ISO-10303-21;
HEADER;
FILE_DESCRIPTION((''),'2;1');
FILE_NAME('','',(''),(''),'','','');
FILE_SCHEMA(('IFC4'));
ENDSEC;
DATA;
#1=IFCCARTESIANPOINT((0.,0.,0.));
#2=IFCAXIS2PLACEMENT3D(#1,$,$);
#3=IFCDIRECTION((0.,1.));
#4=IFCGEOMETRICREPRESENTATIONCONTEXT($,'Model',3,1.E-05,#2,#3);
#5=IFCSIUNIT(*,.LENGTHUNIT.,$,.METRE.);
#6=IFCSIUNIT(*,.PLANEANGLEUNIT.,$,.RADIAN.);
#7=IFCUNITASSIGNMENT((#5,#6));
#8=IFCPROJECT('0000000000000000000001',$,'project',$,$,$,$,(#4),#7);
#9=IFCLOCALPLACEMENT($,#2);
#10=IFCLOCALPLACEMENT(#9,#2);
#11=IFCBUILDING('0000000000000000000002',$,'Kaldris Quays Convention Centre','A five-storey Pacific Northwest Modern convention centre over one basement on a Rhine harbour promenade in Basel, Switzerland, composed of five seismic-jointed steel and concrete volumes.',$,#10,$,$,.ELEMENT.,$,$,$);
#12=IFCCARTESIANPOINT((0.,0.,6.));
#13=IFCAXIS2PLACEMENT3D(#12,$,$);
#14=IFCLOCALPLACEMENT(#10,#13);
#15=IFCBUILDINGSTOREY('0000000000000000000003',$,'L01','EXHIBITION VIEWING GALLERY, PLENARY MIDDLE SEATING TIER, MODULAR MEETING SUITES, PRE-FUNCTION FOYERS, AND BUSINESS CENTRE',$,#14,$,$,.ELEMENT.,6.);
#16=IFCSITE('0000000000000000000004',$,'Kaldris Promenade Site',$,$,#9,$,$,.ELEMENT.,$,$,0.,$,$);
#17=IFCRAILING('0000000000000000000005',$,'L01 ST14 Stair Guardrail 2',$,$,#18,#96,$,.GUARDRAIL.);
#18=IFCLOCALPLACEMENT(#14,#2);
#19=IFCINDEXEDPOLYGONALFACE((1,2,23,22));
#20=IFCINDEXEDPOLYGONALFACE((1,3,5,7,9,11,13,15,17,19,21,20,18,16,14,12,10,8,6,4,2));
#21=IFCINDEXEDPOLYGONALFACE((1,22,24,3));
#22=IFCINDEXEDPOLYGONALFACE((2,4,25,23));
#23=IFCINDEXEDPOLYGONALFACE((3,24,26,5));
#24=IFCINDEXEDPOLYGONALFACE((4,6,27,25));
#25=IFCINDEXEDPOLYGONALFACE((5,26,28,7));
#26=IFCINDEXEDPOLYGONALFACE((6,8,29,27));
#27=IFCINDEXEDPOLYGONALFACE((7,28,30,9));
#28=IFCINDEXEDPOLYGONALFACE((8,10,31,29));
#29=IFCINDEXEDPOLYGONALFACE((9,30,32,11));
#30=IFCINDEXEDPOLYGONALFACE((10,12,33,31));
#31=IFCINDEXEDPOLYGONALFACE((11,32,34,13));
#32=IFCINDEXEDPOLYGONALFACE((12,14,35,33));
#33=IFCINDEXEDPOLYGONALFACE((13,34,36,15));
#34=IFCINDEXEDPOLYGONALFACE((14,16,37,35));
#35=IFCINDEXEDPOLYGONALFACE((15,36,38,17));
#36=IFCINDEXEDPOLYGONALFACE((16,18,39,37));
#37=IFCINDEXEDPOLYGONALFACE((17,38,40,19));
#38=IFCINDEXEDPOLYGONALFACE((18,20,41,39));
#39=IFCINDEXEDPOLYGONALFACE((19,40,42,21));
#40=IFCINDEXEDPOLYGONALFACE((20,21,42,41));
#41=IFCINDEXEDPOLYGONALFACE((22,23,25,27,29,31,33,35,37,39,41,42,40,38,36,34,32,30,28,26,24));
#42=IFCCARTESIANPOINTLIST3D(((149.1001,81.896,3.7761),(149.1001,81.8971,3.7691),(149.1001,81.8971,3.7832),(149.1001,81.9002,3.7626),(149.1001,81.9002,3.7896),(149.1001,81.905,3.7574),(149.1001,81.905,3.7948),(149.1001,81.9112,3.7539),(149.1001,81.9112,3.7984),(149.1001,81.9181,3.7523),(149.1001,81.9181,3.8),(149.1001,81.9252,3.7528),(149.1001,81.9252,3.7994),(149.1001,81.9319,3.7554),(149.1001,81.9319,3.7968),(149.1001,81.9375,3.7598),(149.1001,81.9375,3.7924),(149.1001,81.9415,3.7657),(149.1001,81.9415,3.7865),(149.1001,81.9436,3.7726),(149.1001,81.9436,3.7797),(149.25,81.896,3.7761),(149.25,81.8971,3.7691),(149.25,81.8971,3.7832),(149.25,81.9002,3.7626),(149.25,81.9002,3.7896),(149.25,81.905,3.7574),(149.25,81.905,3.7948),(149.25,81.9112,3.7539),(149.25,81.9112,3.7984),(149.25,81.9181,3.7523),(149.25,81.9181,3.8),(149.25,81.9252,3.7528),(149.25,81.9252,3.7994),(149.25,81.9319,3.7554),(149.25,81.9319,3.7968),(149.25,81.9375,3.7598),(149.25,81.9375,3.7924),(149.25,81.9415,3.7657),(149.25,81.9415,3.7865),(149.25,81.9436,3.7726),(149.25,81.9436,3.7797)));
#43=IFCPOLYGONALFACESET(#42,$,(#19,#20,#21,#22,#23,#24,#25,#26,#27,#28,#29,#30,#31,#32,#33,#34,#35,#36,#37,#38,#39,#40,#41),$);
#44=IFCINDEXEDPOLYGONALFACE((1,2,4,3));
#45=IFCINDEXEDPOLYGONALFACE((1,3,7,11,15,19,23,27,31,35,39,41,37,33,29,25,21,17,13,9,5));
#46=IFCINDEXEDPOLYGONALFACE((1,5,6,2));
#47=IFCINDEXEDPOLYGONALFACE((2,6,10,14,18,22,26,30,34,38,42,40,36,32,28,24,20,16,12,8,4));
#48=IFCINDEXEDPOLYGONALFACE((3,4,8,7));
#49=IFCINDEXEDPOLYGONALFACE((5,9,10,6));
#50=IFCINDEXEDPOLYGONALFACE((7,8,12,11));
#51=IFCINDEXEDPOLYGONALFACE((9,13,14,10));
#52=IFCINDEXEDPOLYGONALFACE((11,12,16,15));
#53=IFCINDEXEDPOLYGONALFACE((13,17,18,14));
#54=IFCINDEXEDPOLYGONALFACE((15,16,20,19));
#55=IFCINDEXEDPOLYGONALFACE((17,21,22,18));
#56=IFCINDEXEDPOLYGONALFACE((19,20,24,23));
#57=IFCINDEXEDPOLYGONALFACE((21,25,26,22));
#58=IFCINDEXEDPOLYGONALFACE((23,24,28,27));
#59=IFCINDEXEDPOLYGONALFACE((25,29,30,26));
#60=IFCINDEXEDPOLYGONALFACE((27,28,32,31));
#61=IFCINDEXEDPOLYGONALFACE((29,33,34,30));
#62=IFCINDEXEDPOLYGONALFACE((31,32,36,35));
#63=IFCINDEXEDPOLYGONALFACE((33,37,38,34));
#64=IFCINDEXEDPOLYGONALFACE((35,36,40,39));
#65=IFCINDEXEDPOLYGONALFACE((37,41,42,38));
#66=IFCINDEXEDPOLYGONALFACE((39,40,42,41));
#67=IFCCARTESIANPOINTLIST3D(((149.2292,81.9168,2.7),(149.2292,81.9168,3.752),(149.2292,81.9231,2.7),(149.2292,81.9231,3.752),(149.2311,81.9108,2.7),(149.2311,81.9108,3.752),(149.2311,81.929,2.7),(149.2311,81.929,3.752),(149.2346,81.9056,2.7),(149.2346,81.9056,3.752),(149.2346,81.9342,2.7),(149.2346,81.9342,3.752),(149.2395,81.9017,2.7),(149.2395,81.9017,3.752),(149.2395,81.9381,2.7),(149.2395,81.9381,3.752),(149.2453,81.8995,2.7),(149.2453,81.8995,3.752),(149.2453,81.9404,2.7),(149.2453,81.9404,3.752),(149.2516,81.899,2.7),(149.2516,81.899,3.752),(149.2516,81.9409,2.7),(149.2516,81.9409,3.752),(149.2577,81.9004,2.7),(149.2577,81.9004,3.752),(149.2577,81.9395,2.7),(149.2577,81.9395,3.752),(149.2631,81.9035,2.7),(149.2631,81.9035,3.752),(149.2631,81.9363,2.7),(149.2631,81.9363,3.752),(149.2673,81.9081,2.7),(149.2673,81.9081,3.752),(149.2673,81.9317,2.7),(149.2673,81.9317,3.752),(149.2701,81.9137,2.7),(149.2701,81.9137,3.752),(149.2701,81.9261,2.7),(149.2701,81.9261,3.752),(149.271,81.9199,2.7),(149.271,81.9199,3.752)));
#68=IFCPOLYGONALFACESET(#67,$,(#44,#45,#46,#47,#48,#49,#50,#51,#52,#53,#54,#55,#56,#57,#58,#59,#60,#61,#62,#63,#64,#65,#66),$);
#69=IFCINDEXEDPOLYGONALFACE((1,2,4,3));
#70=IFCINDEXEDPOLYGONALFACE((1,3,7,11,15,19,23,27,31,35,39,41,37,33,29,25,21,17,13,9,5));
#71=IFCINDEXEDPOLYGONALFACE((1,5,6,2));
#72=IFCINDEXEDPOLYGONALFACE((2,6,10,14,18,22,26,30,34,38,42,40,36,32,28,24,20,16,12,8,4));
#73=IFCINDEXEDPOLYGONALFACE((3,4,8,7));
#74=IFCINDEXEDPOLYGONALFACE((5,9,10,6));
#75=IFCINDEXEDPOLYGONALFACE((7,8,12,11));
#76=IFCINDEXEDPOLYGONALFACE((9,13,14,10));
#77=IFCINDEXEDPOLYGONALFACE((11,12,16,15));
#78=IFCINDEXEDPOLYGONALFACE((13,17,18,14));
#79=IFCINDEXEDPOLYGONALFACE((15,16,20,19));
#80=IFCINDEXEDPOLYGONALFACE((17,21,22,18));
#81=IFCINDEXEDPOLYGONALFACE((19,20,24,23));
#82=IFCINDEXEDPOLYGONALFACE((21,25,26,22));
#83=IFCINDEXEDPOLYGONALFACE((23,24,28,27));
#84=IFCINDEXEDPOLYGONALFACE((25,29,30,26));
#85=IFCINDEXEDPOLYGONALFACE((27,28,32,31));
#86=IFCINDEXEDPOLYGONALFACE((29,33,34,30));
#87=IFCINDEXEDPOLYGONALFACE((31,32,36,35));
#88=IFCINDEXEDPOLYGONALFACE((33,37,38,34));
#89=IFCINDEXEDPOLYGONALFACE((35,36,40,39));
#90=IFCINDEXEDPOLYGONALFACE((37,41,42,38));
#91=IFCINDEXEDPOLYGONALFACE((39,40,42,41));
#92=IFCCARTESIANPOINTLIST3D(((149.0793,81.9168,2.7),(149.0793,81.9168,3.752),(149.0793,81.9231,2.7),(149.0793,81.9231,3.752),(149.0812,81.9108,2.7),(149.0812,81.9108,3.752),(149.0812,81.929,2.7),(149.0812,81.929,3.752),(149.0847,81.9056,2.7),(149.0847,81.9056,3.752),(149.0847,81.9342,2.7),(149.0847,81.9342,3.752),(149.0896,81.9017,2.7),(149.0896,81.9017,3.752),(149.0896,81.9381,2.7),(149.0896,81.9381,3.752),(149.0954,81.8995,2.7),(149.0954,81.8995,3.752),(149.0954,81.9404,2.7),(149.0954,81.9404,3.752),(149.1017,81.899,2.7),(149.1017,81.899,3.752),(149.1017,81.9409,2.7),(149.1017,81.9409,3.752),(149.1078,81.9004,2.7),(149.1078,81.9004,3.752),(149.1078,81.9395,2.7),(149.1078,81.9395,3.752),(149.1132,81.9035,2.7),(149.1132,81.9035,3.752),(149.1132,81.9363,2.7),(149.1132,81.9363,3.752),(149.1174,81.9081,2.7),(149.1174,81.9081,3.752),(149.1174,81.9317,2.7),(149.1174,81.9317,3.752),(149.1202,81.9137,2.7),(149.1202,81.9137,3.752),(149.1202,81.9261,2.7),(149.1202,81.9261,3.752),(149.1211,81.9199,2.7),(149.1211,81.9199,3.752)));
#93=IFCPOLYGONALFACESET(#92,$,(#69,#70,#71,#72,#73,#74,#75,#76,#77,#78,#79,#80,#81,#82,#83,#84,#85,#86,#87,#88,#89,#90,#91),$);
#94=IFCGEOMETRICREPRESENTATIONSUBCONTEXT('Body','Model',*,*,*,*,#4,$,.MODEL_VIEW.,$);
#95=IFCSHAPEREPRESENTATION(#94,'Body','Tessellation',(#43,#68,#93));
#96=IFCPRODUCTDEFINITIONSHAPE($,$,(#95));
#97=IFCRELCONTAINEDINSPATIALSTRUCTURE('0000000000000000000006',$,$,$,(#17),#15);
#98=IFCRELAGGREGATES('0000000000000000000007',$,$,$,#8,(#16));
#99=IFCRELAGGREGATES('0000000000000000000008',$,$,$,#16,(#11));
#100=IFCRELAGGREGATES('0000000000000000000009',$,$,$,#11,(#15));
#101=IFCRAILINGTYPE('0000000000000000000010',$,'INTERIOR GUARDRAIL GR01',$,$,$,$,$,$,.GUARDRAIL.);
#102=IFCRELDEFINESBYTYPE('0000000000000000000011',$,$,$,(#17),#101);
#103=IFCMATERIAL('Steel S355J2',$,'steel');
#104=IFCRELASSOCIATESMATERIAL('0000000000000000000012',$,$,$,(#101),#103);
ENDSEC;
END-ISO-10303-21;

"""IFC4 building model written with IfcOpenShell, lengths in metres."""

from ifc_helpers import new_model, si_unit, direction, frame, origin, origin_2d, place, context, subcontext, project, spatial, circle, extrude, material, type_object, element, save


model = new_model("IFC4")

# Units and contexts
model_context = context("Model", 3, precision=1e-05, world=origin(), true_north=direction((0.0, 1.0)))
body_context = subcontext(model_context, "Body", "Model", "MODEL_VIEW")
ifc_project = project(units=[si_unit("LENGTHUNIT", "METRE"), si_unit("PLANEANGLEUNIT", "RADIAN")], contexts=[model_context])

# Site, building, storey
site_placement = place(None, origin())
site = spatial("IfcSite", under=ifc_project, at=site_placement, Name="Kaldris Promenade Site", CompositionType="ELEMENT", RefElevation=0.0)
building_placement = place(site_placement, origin())
building = spatial("IfcBuilding", under=site, at=building_placement, Name="Kaldris Quays Convention Centre", Description="A five-storey Pacific Northwest Modern convention centre over one basement on a Rhine harbour promenade in Basel, Switzerland, composed of five seismic-jointed steel and concrete volumes.", CompositionType="ELEMENT")
storey_placement = place(building_placement, frame((0.0, 0.0, 6.0)))
storey = spatial("IfcBuildingStorey", under=building, at=storey_placement, Name="L01", Description="EXHIBITION VIEWING GALLERY, PLENARY MIDDLE SEATING TIER, MODULAR MEETING SUITES, PRE-FUNCTION FOYERS, AND BUSINESS CENTRE", CompositionType="ELEMENT", Elevation=6.0)

# Shared definitions
ifc_material_1 = material(Name="Steel S355J2", Category="steel")

# Railing
railing_type_1 = type_object("IfcRailingType", Name="INTERIOR GUARDRAIL GR01", PredefinedType="GUARDRAIL", material=ifc_material_1)
railing_1_placement = place(storey_placement, frame((149.25, 81.9199, 2.7)))
element("IfcRailing", 1, at=railing_1_placement, inside=storey, type_object=railing_type_1, Name="L01 ST14 Stair Guardrail 2", PredefinedType="GUARDRAIL", context=body_context, shape_type="SweptSolid", body=[
    extrude(circle(Radius=0.0239, at=origin_2d()), frame((0.0, 0.0, 1.0762), z_axis=(-1.0, 0.0, 0.0), x_axis=(0.0, -1.0, 0.0)), (0.0, 0.0, 1.0), 0.1499),
    extrude(circle(Radius=0.021, at=origin_2d()), origin(), (0.0, 0.0, 1.0), 1.052),
    extrude(circle(Radius=0.021, at=origin_2d()), frame((-0.1499, 0.0, 0.0)), (0.0, 0.0, 1.0), 1.052),
])

save(model, "model.ifc")
